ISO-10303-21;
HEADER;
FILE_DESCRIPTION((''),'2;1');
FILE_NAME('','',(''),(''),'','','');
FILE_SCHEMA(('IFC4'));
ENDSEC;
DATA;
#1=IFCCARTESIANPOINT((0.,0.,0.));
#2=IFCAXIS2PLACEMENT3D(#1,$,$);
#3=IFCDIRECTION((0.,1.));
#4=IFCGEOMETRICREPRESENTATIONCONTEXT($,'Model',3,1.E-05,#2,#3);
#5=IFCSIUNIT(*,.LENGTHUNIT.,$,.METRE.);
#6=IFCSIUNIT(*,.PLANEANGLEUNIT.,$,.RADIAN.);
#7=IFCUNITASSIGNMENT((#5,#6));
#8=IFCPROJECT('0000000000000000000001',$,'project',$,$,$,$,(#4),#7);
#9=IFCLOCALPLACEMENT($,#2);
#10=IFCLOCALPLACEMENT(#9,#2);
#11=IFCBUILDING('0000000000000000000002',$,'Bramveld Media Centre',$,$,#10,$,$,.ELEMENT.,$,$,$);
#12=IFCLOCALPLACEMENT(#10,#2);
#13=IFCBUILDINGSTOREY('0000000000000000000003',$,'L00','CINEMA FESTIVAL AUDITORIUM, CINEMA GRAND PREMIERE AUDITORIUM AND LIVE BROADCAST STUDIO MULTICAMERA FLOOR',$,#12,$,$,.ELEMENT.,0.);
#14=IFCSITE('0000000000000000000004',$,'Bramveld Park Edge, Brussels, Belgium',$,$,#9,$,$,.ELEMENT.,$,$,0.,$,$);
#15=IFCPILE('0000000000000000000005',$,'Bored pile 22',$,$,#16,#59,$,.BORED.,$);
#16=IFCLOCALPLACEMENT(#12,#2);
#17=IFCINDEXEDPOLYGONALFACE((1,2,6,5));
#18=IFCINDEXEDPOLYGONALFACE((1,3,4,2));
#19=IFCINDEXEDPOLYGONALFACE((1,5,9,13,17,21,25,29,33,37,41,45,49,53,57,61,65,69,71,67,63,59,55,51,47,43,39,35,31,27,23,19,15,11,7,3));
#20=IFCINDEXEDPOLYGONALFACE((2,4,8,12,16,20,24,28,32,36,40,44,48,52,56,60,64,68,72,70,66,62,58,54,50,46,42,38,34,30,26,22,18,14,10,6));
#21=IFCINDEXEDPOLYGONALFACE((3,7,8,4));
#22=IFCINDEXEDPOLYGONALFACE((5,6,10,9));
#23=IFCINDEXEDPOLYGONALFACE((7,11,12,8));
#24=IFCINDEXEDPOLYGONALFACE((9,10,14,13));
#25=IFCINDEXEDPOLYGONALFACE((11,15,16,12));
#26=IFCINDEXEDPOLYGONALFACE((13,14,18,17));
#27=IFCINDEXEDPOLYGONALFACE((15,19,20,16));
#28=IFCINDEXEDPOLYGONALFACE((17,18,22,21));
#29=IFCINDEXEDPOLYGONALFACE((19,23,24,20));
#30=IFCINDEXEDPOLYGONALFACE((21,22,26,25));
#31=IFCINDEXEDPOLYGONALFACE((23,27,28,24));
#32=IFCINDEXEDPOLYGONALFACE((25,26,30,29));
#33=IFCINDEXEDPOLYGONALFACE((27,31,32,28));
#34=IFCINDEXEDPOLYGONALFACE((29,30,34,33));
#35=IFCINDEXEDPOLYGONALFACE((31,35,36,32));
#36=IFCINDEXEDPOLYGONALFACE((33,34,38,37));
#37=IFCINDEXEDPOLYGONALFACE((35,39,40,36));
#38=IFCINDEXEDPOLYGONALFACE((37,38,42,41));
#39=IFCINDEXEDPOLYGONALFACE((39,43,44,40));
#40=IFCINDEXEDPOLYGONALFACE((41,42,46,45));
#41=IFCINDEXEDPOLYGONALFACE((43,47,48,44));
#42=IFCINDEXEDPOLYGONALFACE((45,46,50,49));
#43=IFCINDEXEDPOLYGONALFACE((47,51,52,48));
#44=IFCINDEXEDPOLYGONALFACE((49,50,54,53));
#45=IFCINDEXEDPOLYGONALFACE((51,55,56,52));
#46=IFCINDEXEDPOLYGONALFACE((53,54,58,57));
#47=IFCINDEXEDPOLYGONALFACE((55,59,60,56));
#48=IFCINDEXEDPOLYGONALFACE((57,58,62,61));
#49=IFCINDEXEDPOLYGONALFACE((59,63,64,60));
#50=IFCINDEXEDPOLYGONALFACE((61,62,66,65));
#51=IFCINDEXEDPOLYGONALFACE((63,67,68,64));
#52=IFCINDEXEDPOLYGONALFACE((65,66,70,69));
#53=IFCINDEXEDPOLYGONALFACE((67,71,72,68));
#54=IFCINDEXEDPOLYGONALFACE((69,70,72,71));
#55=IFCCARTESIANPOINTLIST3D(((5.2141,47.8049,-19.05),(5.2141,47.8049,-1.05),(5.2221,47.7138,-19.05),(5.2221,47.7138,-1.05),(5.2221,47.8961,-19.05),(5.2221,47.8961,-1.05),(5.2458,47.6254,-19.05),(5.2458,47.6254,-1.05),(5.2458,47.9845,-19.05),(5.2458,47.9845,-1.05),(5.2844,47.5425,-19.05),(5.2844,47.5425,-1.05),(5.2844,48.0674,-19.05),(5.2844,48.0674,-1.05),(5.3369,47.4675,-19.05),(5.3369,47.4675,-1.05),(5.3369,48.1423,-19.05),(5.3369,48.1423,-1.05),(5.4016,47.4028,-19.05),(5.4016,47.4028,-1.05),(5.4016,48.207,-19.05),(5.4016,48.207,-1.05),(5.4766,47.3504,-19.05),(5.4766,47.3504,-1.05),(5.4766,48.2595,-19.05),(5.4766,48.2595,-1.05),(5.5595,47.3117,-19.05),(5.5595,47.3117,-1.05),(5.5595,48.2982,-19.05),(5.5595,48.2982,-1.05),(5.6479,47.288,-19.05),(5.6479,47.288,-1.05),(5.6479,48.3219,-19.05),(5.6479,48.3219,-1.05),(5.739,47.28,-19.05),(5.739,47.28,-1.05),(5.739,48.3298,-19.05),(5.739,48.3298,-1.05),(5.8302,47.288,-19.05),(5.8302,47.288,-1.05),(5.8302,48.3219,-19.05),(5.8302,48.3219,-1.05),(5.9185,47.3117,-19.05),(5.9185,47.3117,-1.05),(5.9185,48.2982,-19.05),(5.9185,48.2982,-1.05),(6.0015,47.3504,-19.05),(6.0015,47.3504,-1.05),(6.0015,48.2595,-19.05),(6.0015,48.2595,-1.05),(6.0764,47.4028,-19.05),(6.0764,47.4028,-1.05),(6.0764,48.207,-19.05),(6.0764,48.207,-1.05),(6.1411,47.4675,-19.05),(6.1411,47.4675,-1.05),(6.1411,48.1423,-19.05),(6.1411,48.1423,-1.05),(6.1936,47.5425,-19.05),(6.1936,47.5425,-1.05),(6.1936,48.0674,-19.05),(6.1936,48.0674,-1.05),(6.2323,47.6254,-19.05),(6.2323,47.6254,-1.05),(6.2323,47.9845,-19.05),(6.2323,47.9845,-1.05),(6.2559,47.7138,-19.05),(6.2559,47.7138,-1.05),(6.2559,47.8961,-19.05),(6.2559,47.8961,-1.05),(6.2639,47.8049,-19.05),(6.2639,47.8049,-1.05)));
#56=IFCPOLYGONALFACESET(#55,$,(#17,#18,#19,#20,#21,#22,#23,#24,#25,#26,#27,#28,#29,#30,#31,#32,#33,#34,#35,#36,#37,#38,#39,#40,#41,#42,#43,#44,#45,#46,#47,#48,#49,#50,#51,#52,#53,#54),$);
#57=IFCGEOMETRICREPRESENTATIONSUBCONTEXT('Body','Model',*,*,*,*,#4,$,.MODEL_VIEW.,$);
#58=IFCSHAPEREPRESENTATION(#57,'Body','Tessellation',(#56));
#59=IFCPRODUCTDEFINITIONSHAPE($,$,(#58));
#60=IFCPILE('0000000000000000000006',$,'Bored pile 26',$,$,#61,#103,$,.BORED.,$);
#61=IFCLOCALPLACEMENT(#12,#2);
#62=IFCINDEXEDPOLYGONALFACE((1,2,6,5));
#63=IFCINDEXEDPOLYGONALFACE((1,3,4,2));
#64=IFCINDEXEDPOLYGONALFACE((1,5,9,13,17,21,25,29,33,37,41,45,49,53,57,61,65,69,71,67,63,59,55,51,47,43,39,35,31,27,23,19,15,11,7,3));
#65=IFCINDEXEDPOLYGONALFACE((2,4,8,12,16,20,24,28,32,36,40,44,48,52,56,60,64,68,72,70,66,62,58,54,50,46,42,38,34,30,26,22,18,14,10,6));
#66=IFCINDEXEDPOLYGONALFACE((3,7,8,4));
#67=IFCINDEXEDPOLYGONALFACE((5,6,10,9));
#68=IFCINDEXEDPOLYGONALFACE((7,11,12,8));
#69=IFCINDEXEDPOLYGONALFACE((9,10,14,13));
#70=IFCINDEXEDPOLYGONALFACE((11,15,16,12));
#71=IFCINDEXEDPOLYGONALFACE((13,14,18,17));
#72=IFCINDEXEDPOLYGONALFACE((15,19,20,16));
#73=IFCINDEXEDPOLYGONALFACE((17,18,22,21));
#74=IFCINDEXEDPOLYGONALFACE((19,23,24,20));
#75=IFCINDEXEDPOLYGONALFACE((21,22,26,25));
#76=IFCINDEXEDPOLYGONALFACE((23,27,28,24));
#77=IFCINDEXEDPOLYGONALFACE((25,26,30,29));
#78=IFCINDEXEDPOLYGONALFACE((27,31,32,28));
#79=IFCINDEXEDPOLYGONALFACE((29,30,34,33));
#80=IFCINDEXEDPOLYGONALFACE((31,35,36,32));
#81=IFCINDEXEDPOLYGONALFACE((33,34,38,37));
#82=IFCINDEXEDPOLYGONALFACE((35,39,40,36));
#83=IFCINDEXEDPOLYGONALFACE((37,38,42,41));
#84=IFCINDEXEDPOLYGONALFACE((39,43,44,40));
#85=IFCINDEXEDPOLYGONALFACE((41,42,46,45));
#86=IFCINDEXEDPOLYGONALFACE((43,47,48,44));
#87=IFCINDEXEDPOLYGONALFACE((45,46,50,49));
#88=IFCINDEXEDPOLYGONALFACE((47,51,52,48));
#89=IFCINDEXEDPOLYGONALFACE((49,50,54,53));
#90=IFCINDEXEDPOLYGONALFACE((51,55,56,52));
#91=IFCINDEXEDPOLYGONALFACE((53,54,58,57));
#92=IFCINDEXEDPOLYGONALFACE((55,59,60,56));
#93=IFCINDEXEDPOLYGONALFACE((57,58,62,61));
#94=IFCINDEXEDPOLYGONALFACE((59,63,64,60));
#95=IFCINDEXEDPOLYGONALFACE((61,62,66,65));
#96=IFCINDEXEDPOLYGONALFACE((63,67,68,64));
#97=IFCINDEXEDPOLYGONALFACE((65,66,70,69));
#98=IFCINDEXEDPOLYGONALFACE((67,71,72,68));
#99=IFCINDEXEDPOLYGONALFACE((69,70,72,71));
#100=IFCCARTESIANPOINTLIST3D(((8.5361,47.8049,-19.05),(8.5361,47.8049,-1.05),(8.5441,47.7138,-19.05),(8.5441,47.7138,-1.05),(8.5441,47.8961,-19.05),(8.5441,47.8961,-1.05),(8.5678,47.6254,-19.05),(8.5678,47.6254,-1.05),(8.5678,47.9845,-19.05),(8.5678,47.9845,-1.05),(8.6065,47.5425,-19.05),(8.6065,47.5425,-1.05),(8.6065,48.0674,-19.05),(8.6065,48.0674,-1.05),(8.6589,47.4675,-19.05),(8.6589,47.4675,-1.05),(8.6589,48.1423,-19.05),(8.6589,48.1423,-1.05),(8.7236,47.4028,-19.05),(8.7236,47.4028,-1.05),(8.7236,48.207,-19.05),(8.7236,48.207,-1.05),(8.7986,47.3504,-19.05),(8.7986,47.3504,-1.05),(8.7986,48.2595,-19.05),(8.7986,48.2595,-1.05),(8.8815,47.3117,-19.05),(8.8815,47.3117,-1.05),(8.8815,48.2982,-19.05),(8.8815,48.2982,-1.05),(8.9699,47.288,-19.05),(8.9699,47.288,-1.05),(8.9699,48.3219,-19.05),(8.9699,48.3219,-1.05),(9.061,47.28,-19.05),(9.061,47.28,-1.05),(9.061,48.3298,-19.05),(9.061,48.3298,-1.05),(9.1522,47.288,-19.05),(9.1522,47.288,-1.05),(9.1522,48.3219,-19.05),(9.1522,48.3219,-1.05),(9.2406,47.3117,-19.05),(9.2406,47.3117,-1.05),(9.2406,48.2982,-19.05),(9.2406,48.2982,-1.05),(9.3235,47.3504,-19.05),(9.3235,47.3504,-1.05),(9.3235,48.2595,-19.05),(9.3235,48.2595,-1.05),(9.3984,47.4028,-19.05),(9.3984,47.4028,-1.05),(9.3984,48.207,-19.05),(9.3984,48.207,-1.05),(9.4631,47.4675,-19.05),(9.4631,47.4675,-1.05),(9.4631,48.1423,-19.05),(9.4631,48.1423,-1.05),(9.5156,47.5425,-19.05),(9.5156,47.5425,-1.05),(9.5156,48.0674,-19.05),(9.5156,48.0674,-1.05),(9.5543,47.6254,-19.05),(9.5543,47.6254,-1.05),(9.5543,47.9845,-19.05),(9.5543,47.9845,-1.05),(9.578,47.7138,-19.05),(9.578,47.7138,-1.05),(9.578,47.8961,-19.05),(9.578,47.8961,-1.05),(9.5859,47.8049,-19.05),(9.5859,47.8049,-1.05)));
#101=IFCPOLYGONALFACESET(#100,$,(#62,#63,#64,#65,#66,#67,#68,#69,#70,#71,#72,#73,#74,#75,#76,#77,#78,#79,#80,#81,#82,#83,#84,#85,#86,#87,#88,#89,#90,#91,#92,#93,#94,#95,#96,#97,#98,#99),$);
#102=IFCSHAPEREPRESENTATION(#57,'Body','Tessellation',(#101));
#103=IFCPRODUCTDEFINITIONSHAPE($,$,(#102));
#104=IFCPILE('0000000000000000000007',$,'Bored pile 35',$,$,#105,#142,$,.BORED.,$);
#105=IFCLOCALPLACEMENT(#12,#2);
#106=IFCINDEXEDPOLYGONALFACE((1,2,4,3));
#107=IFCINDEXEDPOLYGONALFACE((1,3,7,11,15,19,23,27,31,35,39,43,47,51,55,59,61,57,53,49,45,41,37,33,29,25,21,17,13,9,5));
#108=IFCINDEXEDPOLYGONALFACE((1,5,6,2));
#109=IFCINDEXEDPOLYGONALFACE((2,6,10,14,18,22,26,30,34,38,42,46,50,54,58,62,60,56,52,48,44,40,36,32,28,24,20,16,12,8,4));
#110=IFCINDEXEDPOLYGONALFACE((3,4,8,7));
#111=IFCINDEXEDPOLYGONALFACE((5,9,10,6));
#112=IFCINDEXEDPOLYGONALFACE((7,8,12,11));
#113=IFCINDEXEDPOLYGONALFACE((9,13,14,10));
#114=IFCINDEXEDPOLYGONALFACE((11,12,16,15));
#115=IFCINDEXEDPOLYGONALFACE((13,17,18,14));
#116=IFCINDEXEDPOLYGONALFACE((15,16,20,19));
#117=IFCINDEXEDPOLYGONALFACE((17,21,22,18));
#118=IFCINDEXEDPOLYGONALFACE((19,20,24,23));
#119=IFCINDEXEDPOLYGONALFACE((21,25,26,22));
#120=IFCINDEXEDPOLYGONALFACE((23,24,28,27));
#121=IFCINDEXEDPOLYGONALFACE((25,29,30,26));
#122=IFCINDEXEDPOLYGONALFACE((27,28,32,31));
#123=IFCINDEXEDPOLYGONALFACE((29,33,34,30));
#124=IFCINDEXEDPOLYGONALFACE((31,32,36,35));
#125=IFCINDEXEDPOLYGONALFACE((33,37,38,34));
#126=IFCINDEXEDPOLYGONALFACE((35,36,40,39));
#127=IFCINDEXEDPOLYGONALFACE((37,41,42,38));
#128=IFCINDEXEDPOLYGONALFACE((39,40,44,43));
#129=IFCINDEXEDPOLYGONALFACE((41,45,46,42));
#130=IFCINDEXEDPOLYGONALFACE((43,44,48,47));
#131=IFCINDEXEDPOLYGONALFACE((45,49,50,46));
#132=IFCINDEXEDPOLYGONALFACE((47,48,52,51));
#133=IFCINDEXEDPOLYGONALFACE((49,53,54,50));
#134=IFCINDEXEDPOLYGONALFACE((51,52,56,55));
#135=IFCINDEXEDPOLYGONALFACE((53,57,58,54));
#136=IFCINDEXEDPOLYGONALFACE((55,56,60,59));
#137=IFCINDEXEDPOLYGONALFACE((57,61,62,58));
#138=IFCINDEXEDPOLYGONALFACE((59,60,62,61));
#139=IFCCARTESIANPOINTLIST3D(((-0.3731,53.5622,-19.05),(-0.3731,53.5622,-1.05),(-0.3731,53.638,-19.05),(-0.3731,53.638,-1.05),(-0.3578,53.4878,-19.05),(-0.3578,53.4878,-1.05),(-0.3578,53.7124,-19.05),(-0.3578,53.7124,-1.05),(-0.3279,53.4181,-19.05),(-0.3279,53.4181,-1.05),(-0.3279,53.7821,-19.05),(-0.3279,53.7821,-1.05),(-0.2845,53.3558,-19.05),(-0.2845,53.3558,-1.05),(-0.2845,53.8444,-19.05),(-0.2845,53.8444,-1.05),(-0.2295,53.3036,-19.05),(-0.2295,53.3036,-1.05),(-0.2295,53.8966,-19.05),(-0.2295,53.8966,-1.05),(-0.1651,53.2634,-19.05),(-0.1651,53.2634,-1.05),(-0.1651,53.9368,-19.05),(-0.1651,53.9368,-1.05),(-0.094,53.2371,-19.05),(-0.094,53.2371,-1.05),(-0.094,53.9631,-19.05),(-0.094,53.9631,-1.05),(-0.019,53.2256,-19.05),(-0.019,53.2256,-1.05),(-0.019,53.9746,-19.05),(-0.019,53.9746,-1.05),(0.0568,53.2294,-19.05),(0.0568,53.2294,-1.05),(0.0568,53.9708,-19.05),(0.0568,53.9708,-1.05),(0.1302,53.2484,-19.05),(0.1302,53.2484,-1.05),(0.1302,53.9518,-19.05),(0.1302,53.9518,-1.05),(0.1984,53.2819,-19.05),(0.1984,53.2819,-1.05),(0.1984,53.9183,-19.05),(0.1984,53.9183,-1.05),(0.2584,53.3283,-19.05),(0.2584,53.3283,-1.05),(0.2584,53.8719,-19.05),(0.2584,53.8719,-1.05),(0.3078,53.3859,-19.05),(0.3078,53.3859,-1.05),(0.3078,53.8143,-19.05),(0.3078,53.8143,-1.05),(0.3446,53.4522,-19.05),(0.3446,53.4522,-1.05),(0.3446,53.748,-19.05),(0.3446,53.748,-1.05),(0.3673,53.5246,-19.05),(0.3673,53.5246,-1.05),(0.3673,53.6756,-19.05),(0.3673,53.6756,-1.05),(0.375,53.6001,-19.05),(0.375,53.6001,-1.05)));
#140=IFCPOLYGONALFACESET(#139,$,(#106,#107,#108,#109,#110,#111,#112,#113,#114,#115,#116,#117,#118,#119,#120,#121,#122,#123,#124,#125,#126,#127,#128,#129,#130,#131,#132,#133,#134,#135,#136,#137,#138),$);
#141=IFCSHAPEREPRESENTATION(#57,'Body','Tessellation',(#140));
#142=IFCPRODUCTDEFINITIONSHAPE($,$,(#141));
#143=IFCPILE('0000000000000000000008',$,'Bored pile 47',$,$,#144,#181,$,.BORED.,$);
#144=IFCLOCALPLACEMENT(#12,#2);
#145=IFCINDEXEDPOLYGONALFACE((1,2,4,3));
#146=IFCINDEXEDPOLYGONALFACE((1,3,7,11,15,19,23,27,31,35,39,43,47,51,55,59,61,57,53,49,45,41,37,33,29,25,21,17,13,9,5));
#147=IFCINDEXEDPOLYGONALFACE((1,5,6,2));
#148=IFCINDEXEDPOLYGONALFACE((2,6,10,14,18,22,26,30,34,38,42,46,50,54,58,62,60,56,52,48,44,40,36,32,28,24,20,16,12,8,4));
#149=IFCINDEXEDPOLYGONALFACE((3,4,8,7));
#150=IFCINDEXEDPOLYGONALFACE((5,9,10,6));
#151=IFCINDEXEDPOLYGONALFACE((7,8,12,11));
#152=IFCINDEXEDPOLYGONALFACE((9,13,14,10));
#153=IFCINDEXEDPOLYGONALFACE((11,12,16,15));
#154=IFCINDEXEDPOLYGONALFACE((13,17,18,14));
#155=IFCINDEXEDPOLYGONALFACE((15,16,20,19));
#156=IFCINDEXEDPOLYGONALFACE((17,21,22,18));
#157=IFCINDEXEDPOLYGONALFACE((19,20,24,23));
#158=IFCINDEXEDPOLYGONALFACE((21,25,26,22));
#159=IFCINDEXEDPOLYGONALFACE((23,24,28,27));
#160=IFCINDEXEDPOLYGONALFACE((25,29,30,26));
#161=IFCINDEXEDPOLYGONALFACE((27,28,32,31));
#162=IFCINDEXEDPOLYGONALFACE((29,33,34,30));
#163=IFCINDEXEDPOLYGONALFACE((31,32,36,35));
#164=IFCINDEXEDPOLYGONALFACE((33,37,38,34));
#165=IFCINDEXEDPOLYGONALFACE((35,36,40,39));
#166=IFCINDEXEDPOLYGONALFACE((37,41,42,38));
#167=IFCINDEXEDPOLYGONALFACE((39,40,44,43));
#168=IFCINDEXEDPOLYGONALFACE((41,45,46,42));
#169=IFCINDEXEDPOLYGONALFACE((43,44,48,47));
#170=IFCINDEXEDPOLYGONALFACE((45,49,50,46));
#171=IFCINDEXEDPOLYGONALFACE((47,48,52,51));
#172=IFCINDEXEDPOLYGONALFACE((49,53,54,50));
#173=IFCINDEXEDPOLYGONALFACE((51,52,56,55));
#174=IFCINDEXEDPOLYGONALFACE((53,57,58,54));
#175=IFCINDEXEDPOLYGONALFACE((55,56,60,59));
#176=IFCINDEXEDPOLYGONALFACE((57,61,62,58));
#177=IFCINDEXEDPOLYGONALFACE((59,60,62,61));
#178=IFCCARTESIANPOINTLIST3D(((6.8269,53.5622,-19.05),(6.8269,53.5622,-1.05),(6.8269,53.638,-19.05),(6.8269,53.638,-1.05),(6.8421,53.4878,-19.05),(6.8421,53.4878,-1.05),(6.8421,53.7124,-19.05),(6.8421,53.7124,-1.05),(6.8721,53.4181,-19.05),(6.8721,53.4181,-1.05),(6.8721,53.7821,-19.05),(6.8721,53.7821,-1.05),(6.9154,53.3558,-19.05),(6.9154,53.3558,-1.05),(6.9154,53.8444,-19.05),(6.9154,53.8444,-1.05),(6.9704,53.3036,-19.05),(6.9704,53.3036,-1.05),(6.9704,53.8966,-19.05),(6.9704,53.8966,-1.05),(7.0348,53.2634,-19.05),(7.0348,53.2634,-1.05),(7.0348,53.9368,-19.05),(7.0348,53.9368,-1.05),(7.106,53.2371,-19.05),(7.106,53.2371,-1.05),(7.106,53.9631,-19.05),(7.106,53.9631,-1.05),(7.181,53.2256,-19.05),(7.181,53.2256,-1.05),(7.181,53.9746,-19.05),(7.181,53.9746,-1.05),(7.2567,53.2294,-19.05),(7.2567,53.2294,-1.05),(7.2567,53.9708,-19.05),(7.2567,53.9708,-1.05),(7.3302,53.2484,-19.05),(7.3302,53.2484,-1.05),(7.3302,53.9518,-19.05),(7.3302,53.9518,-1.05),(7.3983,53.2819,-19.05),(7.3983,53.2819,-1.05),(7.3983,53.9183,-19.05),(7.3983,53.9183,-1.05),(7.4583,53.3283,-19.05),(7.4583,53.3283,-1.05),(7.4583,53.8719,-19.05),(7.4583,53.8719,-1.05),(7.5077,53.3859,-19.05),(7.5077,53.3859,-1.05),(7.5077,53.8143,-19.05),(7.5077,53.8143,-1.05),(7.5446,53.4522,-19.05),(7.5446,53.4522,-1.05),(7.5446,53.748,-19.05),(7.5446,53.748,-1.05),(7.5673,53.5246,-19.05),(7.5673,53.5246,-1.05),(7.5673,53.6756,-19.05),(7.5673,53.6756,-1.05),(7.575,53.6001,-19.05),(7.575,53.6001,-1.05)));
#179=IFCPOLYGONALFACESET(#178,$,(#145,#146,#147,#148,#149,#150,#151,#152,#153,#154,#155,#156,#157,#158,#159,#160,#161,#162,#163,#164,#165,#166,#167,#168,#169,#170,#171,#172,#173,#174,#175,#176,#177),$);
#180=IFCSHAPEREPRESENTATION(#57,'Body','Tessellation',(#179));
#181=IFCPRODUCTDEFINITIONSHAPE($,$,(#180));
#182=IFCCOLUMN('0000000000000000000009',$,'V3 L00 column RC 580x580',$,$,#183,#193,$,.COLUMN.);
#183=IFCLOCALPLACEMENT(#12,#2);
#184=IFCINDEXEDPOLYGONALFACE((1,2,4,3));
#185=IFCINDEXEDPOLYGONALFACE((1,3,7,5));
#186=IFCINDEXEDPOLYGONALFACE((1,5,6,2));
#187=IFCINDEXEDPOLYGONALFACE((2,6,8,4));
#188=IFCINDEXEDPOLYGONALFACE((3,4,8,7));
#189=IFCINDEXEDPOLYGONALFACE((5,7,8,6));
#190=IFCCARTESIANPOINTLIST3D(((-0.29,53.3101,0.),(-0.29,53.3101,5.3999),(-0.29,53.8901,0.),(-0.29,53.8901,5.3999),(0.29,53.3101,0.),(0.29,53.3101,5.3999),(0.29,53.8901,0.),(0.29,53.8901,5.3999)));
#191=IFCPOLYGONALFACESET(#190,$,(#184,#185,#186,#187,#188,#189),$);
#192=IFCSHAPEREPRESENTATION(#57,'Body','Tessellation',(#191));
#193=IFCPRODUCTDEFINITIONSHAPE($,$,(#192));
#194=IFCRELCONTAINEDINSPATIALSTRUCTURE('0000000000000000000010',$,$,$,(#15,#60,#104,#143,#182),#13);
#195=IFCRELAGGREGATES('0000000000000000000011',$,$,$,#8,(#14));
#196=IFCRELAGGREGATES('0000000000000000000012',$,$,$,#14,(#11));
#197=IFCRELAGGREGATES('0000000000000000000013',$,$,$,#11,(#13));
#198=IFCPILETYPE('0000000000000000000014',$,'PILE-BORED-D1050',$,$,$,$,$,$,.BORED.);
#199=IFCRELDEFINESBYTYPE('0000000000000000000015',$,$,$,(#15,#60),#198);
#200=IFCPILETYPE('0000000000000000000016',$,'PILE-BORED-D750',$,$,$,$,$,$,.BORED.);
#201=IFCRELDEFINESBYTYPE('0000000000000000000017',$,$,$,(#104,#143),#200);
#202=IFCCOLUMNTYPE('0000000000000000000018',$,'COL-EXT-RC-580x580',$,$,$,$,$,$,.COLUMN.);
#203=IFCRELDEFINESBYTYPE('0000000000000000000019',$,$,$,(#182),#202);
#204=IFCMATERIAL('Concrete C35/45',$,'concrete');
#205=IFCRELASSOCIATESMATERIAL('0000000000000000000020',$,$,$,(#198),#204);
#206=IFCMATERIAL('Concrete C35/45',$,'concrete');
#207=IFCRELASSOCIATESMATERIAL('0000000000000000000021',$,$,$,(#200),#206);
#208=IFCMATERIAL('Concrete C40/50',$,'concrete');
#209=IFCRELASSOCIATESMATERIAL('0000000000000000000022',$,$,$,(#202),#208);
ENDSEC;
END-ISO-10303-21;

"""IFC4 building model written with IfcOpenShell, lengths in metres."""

from ifc_helpers import new_model, si_unit, direction, frame, origin, origin_2d, place, context, subcontext, project, spatial, rectangle, circle, extrude, material, material_profile, profile_set, type_object, element, save


model = new_model("IFC4")

# Units and contexts
model_context = context("Model", 3, precision=1e-05, world=origin(), true_north=direction((0.0, 1.0)))
body_context = subcontext(model_context, "Body", "Model", "MODEL_VIEW")
ifc_project = project(units=[si_unit("LENGTHUNIT", "METRE"), si_unit("PLANEANGLEUNIT", "RADIAN")], contexts=[model_context])

# Site, building, storey
site_placement = place(None, origin())
site = spatial("IfcSite", under=ifc_project, at=site_placement, Name="Bramveld Park Edge, Brussels, Belgium", CompositionType="ELEMENT", RefElevation=0.0)
building_placement = place(site_placement, origin())
building = spatial("IfcBuilding", under=site, at=building_placement, Name="Bramveld Media Centre", CompositionType="ELEMENT")
storey_placement = place(building_placement, origin())
storey = spatial("IfcBuildingStorey", under=building, at=storey_placement, Name="L00", Description="CINEMA FESTIVAL AUDITORIUM, CINEMA GRAND PREMIERE AUDITORIUM AND LIVE BROADCAST STUDIO MULTICAMERA FLOOR", CompositionType="ELEMENT", Elevation=0.0)

# Piles
ifc_material_1 = material(Name="Concrete C35/45", Category="concrete")
ifc_material_profile_1 = material_profile(ifc_material_1, circle(Radius=0.5249, at=origin_2d()), Name="BORED D1050")
ifc_profile_set_1 = profile_set([ifc_material_profile_1], Name="Concrete C35/45")
pile_type_1 = type_object("IfcPileType", Name="PILE-BORED-D1050", PredefinedType="BORED", material=ifc_profile_set_1)
for number, where, z_axis, x_axis, name in (
    (1, (5.739, 47.8049, -1.05), (0.0, 0.0, -1.0), (1.0, 0.0, 0.0), "Bored pile 22"),
    (2, (9.061, 47.8049, -1.05), (0.0, 0.0, -1.0), (1.0, 0.0, 0.0), "Bored pile 26"),
):
    element("IfcPile", number, at=place(storey_placement, frame(where, z_axis=z_axis, x_axis=x_axis)), inside=storey, type_object=pile_type_1, Name=name, PredefinedType="BORED", context=body_context, shape_type="SweptSolid", body=[
        extrude(circle(Radius=0.5249, at=origin_2d()), origin(), (0.0, 0.0, 1.0), 18.0),
    ])
ifc_material_2 = material(Name="Concrete C35/45", Category="concrete")
ifc_material_profile_2 = material_profile(ifc_material_2, circle(Radius=0.375, at=origin_2d()), Name="BORED D750")
ifc_profile_set_2 = profile_set([ifc_material_profile_2], Name="Concrete C35/45")
pile_type_2 = type_object("IfcPileType", Name="PILE-BORED-D750", PredefinedType="BORED", material=ifc_profile_set_2)
for number, where, z_axis, x_axis, name in (
    (3, (0.0, 53.6001, -1.05), (0.0, 0.0, -1.0), (1.0, 0.0, 0.0), "Bored pile 35"),
    (4, (7.2, 53.6001, -1.05), (0.0, 0.0, -1.0), (1.0, 0.0, 0.0), "Bored pile 47"),
):
    element("IfcPile", number, at=place(storey_placement, frame(where, z_axis=z_axis, x_axis=x_axis)), inside=storey, type_object=pile_type_2, Name=name, PredefinedType="BORED", context=body_context, shape_type="SweptSolid", body=[
        extrude(circle(Radius=0.375, at=origin_2d()), origin(), (0.0, 0.0, 1.0), 18.0),
    ])

# Column
ifc_material_3 = material(Name="Concrete C40/50", Category="concrete")
ifc_material_profile_3 = material_profile(ifc_material_3, rectangle(XDim=0.5801, YDim=0.5801, at=origin_2d()), Name="RC 580x580")
ifc_profile_set_3 = profile_set([ifc_material_profile_3], Name="Concrete C40/50")
column_type_1 = type_object("IfcColumnType", Name="COL-EXT-RC-580x580", PredefinedType="COLUMN", material=ifc_profile_set_3)
column_1_placement = place(storey_placement, frame((0.0, 53.6001, 0.0), z_axis=(0.0, 0.0, 1.0), x_axis=(1.0, 0.0, 0.0)))
element("IfcColumn", 5, at=column_1_placement, inside=storey, type_object=column_type_1, Name="V3 L00 column RC 580x580", PredefinedType="COLUMN", context=body_context, shape_type="SweptSolid", body=[
    extrude(rectangle(XDim=0.5801, YDim=0.5801, at=origin_2d()), origin(), (0.0, 0.0, 1.0), 5.3999),
])

save(model, "model.ifc")
